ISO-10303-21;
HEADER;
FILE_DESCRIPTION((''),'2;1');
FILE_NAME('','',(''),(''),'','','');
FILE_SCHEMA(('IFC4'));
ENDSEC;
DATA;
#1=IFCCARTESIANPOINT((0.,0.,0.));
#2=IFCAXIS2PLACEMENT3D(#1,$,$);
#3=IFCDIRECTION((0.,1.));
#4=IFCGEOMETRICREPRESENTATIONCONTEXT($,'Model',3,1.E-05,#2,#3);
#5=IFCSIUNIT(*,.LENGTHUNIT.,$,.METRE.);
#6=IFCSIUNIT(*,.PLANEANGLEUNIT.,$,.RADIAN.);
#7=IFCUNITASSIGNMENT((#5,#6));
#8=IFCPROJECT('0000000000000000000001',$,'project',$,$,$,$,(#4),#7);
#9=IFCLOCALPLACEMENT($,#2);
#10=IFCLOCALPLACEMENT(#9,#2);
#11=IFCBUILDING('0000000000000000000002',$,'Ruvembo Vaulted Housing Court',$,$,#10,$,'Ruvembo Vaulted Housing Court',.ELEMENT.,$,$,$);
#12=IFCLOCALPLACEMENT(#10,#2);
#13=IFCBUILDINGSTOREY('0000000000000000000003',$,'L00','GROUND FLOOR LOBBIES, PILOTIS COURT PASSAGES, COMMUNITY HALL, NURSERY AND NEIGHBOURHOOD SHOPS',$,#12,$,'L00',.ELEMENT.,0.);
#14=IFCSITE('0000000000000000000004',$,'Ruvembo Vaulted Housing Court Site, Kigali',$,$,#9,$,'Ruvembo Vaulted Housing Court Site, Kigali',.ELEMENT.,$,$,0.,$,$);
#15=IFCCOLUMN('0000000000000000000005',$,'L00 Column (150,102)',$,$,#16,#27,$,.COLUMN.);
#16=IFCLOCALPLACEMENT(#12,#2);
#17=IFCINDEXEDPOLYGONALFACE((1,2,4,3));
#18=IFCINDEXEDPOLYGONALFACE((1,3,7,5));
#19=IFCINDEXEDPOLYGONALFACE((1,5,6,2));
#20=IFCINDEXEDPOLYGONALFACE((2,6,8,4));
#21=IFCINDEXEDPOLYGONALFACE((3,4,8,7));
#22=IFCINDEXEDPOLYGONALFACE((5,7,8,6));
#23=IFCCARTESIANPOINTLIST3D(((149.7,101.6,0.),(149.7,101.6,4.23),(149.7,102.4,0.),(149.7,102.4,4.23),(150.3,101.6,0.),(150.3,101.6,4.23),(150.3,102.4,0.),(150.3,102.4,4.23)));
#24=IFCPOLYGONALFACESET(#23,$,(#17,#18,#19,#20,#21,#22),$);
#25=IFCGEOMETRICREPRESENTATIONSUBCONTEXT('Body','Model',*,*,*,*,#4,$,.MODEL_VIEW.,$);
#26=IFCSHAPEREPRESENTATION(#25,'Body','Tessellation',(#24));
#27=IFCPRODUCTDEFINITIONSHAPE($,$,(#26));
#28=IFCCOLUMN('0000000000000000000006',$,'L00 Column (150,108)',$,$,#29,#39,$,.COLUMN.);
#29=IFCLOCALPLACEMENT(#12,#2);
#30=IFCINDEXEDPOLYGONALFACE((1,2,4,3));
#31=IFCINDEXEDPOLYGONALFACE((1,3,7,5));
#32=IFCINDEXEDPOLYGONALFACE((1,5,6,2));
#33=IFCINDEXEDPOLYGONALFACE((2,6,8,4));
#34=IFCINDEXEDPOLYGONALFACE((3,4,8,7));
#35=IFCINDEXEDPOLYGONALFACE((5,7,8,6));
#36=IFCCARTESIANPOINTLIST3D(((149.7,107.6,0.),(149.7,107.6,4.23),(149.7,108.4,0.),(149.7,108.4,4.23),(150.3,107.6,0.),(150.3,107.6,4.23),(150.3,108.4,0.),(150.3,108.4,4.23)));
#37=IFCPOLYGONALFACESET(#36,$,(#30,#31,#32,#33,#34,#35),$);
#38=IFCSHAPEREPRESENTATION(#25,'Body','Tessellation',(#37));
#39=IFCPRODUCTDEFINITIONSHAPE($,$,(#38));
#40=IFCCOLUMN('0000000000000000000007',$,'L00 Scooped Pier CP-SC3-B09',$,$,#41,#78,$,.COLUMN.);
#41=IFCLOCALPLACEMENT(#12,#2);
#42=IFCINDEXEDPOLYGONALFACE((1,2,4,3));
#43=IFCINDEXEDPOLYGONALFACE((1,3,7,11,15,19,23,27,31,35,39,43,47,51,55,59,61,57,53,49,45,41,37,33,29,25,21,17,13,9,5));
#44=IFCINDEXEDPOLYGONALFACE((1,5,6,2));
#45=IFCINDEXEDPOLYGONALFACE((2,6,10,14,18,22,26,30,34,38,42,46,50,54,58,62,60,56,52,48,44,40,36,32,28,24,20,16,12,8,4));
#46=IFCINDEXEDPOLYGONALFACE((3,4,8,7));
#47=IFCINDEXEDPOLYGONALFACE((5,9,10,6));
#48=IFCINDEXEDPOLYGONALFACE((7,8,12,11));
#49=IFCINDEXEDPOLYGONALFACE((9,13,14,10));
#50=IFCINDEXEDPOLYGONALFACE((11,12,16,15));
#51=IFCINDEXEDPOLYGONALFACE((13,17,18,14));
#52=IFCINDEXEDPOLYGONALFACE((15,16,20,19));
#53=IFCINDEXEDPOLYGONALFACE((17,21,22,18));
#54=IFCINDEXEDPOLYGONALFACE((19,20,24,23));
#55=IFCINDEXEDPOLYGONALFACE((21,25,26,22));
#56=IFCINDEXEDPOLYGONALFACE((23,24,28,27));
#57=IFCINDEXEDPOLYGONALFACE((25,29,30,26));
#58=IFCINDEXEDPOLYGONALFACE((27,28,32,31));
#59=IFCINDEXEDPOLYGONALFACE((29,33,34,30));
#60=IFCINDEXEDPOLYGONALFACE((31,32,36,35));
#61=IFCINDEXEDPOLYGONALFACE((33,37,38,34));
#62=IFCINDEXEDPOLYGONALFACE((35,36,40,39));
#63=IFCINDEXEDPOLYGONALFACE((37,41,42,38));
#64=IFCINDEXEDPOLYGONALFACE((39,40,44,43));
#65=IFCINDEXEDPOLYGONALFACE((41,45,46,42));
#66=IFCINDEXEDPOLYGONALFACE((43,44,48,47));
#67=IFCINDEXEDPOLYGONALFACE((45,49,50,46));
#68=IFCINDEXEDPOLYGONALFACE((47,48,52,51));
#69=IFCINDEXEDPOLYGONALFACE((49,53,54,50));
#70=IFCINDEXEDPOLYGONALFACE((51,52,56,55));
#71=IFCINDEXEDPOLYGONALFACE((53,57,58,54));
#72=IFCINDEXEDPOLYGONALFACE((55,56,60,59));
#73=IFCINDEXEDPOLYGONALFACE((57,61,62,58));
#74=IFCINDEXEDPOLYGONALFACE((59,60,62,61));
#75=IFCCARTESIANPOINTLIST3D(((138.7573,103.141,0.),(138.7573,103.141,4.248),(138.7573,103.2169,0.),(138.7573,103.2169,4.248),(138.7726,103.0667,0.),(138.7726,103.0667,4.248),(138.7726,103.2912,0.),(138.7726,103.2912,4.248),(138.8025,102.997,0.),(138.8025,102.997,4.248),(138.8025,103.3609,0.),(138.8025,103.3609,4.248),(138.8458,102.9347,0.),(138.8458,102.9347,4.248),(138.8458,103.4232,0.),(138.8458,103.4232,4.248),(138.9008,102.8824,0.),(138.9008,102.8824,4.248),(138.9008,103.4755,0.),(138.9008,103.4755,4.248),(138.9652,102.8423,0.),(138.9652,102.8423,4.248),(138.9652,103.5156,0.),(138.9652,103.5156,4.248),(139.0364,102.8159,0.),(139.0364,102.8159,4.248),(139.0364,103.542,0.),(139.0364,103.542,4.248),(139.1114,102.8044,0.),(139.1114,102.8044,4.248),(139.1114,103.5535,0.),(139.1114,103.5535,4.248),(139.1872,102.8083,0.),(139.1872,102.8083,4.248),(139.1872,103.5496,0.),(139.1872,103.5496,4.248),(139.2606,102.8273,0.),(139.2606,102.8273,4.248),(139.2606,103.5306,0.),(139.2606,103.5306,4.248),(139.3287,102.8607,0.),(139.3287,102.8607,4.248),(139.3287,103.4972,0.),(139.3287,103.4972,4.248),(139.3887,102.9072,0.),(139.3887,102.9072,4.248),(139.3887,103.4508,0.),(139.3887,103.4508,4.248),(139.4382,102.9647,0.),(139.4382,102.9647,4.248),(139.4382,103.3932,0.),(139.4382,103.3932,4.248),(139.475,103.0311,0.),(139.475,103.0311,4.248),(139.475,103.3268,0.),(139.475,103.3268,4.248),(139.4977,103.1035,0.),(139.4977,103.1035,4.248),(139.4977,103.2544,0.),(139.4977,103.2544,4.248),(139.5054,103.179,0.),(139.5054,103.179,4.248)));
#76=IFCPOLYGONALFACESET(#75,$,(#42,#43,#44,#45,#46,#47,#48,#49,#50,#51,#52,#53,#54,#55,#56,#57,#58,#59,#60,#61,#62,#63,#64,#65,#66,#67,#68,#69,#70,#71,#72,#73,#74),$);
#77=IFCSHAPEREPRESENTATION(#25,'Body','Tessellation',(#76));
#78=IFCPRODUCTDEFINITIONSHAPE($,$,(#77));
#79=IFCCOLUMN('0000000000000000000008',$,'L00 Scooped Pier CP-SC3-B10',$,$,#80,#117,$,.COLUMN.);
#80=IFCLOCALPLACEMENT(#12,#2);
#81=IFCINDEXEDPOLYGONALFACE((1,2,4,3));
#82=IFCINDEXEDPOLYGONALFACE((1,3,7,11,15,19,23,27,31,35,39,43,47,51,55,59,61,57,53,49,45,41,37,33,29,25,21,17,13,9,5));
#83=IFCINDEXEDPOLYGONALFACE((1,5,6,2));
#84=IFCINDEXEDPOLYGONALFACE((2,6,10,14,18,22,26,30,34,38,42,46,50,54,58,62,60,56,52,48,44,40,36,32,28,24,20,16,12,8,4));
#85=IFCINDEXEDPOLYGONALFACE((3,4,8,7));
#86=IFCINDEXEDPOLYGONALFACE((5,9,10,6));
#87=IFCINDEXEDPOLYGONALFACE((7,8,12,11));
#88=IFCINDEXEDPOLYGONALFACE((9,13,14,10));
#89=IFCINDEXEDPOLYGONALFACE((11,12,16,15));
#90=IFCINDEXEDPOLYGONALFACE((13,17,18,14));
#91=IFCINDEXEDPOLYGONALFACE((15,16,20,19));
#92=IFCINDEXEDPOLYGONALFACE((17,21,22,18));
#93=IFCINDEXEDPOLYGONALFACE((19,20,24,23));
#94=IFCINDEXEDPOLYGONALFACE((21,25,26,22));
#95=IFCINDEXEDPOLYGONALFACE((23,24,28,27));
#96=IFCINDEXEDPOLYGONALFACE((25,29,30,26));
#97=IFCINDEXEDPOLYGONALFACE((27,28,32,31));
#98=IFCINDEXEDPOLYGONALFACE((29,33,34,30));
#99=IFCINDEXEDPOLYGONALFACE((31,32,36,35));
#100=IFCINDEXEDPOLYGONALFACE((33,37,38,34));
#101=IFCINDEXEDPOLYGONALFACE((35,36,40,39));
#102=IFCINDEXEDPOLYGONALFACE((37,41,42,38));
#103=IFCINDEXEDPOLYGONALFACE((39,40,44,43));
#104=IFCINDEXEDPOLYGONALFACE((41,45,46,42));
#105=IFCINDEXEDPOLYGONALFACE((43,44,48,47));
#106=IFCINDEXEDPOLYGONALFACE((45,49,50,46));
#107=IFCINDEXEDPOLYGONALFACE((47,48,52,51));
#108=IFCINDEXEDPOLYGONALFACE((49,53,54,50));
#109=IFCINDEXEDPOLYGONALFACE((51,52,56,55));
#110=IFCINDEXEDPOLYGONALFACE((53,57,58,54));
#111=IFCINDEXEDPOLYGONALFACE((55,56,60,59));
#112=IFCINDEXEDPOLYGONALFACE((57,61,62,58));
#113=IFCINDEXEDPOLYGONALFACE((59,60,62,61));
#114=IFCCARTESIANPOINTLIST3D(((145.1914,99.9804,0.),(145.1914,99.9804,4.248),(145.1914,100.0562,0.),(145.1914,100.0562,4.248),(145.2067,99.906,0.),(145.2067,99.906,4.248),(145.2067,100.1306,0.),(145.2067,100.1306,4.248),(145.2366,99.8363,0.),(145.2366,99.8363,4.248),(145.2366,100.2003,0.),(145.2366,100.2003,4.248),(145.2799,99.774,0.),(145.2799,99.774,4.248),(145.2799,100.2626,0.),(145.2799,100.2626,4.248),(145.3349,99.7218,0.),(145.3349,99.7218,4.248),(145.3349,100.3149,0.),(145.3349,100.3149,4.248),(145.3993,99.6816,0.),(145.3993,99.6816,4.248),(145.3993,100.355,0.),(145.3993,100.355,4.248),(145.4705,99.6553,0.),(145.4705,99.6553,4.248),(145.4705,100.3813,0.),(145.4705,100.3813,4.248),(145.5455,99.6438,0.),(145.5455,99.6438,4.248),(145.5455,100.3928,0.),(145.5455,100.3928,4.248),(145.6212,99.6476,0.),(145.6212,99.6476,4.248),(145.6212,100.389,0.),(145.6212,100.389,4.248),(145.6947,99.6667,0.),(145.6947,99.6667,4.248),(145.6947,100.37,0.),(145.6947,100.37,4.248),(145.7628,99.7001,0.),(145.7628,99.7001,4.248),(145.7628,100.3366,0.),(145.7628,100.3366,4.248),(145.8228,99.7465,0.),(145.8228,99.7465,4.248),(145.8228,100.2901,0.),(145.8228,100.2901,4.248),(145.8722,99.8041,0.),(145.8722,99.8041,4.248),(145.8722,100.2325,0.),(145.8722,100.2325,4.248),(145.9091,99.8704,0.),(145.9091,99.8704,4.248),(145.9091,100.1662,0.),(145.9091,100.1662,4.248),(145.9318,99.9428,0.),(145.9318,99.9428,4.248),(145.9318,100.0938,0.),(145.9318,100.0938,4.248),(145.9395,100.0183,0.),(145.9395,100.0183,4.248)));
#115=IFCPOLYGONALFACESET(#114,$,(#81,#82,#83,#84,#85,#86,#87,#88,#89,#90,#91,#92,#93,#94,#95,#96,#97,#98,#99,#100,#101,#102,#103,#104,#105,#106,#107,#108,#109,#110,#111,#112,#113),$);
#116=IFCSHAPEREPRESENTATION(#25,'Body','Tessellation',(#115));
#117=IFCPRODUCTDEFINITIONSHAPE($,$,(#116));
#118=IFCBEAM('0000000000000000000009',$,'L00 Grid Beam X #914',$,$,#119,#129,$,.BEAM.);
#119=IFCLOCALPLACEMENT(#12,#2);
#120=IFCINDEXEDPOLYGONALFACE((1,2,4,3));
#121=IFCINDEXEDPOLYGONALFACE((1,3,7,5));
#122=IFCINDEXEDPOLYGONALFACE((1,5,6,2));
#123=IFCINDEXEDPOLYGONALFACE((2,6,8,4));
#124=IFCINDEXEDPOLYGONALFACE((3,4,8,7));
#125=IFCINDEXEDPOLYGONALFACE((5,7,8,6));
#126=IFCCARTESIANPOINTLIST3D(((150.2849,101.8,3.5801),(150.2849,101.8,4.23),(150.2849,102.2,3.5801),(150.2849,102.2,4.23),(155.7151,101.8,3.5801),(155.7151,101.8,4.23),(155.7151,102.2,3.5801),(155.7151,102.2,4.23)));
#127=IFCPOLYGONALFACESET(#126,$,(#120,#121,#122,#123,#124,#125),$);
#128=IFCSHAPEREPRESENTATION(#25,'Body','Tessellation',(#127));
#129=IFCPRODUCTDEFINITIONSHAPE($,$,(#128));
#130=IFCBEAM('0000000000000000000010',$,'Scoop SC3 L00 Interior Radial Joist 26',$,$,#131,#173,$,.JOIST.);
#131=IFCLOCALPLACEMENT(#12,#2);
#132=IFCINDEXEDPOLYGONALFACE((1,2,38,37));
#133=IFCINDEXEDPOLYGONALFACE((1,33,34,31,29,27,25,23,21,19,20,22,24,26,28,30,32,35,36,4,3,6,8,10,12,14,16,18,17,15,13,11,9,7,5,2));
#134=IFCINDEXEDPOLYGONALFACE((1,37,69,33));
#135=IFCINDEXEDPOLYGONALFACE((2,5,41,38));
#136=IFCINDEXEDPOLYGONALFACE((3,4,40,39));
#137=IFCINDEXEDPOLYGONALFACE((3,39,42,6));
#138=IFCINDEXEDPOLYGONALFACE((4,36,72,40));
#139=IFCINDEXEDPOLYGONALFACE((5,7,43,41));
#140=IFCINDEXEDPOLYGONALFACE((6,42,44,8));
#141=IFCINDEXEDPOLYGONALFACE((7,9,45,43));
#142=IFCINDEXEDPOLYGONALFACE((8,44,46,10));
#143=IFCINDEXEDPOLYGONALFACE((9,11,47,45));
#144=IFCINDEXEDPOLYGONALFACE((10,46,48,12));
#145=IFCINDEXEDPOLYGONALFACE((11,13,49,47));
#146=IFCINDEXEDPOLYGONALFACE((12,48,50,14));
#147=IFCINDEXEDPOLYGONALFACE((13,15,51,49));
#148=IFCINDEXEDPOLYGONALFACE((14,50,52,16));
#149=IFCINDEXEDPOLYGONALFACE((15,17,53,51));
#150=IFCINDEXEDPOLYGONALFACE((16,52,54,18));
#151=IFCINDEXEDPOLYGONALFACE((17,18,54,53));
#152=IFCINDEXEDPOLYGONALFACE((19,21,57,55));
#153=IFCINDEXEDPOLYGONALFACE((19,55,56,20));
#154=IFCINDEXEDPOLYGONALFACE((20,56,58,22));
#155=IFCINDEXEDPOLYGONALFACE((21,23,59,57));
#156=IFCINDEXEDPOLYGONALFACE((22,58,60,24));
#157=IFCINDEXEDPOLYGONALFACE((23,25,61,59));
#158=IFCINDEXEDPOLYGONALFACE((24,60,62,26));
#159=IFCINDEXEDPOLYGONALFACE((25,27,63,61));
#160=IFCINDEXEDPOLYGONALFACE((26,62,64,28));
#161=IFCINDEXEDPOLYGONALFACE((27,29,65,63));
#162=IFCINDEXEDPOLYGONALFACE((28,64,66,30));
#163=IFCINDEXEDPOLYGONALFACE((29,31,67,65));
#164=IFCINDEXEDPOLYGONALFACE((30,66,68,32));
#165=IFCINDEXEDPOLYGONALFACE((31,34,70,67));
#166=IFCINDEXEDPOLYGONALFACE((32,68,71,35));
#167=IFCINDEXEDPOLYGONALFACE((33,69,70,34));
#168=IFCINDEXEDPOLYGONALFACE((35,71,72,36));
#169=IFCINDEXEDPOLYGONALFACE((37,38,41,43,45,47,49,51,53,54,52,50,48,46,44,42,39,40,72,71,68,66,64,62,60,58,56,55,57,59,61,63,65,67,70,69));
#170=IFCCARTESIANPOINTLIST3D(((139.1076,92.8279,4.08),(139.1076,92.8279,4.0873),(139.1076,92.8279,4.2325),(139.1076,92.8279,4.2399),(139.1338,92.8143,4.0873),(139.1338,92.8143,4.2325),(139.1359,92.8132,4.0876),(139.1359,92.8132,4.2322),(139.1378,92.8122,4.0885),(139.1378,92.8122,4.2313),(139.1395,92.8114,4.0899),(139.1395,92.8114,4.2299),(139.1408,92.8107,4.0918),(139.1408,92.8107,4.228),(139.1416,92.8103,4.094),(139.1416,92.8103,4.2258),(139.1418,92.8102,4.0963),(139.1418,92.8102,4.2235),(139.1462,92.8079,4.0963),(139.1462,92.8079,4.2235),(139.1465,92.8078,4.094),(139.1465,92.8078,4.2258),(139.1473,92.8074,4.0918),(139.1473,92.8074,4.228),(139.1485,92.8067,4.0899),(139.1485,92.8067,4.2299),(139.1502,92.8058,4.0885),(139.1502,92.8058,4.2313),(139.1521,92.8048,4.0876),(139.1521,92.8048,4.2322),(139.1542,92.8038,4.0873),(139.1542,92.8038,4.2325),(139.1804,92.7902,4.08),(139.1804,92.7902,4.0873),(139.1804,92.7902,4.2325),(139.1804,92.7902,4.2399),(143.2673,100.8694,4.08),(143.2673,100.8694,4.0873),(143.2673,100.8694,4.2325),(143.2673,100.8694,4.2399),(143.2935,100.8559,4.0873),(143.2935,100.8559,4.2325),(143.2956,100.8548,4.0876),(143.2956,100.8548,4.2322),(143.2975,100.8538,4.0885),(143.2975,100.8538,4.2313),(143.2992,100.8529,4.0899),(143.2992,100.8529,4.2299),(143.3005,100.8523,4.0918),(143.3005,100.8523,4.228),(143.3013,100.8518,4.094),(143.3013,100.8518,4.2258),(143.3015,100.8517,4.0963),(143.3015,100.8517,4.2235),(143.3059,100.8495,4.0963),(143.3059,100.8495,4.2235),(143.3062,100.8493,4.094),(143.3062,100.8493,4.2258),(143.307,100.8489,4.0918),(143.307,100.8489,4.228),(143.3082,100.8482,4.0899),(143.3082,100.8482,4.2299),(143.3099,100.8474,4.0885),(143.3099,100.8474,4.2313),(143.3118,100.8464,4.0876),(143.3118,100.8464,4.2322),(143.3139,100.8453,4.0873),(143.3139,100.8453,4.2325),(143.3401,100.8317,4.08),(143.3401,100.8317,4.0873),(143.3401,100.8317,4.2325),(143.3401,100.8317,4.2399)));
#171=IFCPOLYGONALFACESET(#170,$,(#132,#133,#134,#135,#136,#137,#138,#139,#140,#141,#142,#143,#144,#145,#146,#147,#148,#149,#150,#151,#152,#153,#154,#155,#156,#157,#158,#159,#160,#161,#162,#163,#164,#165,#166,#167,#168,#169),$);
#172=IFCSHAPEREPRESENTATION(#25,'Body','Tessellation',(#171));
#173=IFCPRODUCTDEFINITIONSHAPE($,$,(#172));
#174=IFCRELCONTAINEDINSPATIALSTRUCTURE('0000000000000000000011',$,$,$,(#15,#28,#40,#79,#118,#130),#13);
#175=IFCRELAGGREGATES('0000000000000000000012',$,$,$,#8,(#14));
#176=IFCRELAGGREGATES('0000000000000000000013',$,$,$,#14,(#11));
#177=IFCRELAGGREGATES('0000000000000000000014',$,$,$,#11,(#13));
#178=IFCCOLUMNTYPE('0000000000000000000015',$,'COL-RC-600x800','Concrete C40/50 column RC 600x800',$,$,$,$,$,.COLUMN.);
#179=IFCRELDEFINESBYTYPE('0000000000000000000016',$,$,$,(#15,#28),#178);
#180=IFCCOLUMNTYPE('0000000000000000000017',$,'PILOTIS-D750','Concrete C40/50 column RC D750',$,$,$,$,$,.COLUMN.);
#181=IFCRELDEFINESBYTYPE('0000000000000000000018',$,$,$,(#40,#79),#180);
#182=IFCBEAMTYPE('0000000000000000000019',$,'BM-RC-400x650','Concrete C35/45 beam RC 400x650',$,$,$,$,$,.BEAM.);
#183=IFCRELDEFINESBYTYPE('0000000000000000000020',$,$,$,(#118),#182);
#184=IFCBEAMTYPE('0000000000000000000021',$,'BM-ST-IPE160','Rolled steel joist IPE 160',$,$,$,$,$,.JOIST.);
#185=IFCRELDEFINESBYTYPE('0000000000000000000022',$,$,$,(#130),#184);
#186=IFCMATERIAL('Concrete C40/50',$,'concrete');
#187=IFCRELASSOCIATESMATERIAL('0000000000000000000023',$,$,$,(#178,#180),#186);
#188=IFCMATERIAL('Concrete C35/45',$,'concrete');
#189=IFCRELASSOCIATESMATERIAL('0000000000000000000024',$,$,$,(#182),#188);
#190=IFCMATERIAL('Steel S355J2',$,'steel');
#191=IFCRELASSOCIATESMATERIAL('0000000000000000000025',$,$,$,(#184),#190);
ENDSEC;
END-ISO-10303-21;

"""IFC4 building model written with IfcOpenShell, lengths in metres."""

from ifc_helpers import new_model, si_unit, direction, frame, origin, origin_2d, place, context, subcontext, project, spatial, rectangle, circle, i_section, extrude, material, material_profile, profile_set, type_object, element, save


model = new_model("IFC4")

# Units and contexts
model_context = context("Model", 3, precision=1e-05, world=origin(), true_north=direction((0.0, 1.0)))
body_context = subcontext(model_context, "Body", "Model", "MODEL_VIEW")
ifc_project = project(units=[si_unit("LENGTHUNIT", "METRE"), si_unit("PLANEANGLEUNIT", "RADIAN")], contexts=[model_context])

# Site, building, storey
site_placement = place(None, origin())
site = spatial("IfcSite", under=ifc_project, at=site_placement, Name="Ruvembo Vaulted Housing Court Site, Kigali", LongName="Ruvembo Vaulted Housing Court Site, Kigali", CompositionType="ELEMENT", RefElevation=0.0)
building_placement = place(site_placement, origin())
building = spatial("IfcBuilding", under=site, at=building_placement, Name="Ruvembo Vaulted Housing Court", LongName="Ruvembo Vaulted Housing Court", CompositionType="ELEMENT")
storey_placement = place(building_placement, origin())
storey = spatial("IfcBuildingStorey", under=building, at=storey_placement, Name="L00", Description="GROUND FLOOR LOBBIES, PILOTIS COURT PASSAGES, COMMUNITY HALL, NURSERY AND NEIGHBOURHOOD SHOPS", LongName="L00", CompositionType="ELEMENT", Elevation=0.0)

# Columns
ifc_material_1 = material(Name="Concrete C40/50", Category="concrete")
ifc_material_profile_1 = material_profile(ifc_material_1, rectangle(XDim=0.6001, YDim=0.8, at=origin_2d()), Name="RC 600x800")
ifc_profile_set_1 = profile_set([ifc_material_profile_1], Name="Concrete C40/50")
column_type_1 = type_object("IfcColumnType", Name="COL-RC-600x800", Description="Concrete C40/50 column RC 600x800", PredefinedType="COLUMN", material=ifc_profile_set_1)
for number, where, z_axis, x_axis, name in (
    (1, (150.0, 102.0, 0.0), (0.0, 0.0, 1.0), (1.0, 0.0, 0.0), "L00 Column (150,102)"),
    (2, (150.0, 108.0, 0.0), (0.0, 0.0, 1.0), (1.0, 0.0, 0.0), "L00 Column (150,108)"),
):
    element("IfcColumn", number, at=place(storey_placement, frame(where, z_axis=z_axis, x_axis=x_axis)), inside=storey, type_object=column_type_1, Name=name, PredefinedType="COLUMN", context=body_context, shape_type="SweptSolid", body=[
        extrude(rectangle(XDim=0.6001, YDim=0.8, at=origin_2d()), origin(), (0.0, 0.0, 1.0), 4.23),
    ])
ifc_material_profile_2 = material_profile(ifc_material_1, circle(Radius=0.375, at=origin_2d()), Name="RC D750")
ifc_profile_set_2 = profile_set([ifc_material_profile_2], Name="Concrete C40/50")
column_type_2 = type_object("IfcColumnType", Name="PILOTIS-D750", Description="Concrete C40/50 column RC D750", PredefinedType="COLUMN", material=ifc_profile_set_2)
for number, where, z_axis, x_axis, name in (
    (3, (139.1304, 103.179, 0.0), (0.0, 0.0, 1.0), (1.0, 0.0, 0.0), "L00 Scooped Pier CP-SC3-B09"),
    (4, (145.5645, 100.0183, 0.0), (0.0, 0.0, 1.0), (1.0, 0.0, 0.0), "L00 Scooped Pier CP-SC3-B10"),
):
    element("IfcColumn", number, at=place(storey_placement, frame(where, z_axis=z_axis, x_axis=x_axis)), inside=storey, type_object=column_type_2, Name=name, PredefinedType="COLUMN", context=body_context, shape_type="SweptSolid", body=[
        extrude(circle(Radius=0.375, at=origin_2d()), origin(), (0.0, 0.0, 1.0), 4.248),
    ])

# Beams
ifc_material_2 = material(Name="Concrete C35/45", Category="concrete")
ifc_material_profile_3 = material_profile(ifc_material_2, rectangle(XDim=0.3999, YDim=0.6499, at=origin_2d()), Name="RC 400x650")
ifc_profile_set_3 = profile_set([ifc_material_profile_3], Name="Concrete C35/45")
beam_type_1 = type_object("IfcBeamType", Name="BM-RC-400x650", Description="Concrete C35/45 beam RC 400x650", PredefinedType="BEAM", material=ifc_profile_set_3)
beam_1_placement = place(storey_placement, frame((150.2849, 102.0, 3.905), z_axis=(1.0, 0.0, 0.0), x_axis=(0.0, 1.0, 0.0)))
element("IfcBeam", 5, at=beam_1_placement, inside=storey, type_object=beam_type_1, Name="L00 Grid Beam X #914", PredefinedType="BEAM", context=body_context, shape_type="SweptSolid", body=[
    extrude(rectangle(XDim=0.3999, YDim=0.6499, at=origin_2d()), origin(), (0.0, 0.0, 1.0), 5.4302),
])
ifc_material_3 = material(Name="Steel S355J2", Category="steel")
ifc_material_profile_4 = material_profile(ifc_material_3, i_section(OverallWidth=0.082, OverallDepth=0.1599, WebThickness=0.0049, FlangeThickness=0.0073, FilletRadius=0.009, at=origin_2d()), Name="IPE 160")
ifc_profile_set_4 = profile_set([ifc_material_profile_4], Name="Steel S355J2")
beam_type_2 = type_object("IfcBeamType", Name="BM-ST-IPE160", Description="Rolled steel joist IPE 160", PredefinedType="JOIST", material=ifc_profile_set_4)
beam_2_placement = place(storey_placement, frame((143.3037, 100.8506, 4.1599), z_axis=(-0.459446, -0.888206, 0.0), x_axis=(0.888206, -0.459446, 0.0)))
element("IfcBeam", 6, at=beam_2_placement, inside=storey, type_object=beam_type_2, Name="Scoop SC3 L00 Interior Radial Joist 26", PredefinedType="JOIST", context=body_context, shape_type="SweptSolid", body=[
    extrude(i_section(OverallWidth=0.082, OverallDepth=0.1599, WebThickness=0.0049, FlangeThickness=0.0073, FilletRadius=0.009, at=origin_2d()), origin(), (0.0, 0.0, 1.0), 9.0537),
])

save(model, "model.ifc")
